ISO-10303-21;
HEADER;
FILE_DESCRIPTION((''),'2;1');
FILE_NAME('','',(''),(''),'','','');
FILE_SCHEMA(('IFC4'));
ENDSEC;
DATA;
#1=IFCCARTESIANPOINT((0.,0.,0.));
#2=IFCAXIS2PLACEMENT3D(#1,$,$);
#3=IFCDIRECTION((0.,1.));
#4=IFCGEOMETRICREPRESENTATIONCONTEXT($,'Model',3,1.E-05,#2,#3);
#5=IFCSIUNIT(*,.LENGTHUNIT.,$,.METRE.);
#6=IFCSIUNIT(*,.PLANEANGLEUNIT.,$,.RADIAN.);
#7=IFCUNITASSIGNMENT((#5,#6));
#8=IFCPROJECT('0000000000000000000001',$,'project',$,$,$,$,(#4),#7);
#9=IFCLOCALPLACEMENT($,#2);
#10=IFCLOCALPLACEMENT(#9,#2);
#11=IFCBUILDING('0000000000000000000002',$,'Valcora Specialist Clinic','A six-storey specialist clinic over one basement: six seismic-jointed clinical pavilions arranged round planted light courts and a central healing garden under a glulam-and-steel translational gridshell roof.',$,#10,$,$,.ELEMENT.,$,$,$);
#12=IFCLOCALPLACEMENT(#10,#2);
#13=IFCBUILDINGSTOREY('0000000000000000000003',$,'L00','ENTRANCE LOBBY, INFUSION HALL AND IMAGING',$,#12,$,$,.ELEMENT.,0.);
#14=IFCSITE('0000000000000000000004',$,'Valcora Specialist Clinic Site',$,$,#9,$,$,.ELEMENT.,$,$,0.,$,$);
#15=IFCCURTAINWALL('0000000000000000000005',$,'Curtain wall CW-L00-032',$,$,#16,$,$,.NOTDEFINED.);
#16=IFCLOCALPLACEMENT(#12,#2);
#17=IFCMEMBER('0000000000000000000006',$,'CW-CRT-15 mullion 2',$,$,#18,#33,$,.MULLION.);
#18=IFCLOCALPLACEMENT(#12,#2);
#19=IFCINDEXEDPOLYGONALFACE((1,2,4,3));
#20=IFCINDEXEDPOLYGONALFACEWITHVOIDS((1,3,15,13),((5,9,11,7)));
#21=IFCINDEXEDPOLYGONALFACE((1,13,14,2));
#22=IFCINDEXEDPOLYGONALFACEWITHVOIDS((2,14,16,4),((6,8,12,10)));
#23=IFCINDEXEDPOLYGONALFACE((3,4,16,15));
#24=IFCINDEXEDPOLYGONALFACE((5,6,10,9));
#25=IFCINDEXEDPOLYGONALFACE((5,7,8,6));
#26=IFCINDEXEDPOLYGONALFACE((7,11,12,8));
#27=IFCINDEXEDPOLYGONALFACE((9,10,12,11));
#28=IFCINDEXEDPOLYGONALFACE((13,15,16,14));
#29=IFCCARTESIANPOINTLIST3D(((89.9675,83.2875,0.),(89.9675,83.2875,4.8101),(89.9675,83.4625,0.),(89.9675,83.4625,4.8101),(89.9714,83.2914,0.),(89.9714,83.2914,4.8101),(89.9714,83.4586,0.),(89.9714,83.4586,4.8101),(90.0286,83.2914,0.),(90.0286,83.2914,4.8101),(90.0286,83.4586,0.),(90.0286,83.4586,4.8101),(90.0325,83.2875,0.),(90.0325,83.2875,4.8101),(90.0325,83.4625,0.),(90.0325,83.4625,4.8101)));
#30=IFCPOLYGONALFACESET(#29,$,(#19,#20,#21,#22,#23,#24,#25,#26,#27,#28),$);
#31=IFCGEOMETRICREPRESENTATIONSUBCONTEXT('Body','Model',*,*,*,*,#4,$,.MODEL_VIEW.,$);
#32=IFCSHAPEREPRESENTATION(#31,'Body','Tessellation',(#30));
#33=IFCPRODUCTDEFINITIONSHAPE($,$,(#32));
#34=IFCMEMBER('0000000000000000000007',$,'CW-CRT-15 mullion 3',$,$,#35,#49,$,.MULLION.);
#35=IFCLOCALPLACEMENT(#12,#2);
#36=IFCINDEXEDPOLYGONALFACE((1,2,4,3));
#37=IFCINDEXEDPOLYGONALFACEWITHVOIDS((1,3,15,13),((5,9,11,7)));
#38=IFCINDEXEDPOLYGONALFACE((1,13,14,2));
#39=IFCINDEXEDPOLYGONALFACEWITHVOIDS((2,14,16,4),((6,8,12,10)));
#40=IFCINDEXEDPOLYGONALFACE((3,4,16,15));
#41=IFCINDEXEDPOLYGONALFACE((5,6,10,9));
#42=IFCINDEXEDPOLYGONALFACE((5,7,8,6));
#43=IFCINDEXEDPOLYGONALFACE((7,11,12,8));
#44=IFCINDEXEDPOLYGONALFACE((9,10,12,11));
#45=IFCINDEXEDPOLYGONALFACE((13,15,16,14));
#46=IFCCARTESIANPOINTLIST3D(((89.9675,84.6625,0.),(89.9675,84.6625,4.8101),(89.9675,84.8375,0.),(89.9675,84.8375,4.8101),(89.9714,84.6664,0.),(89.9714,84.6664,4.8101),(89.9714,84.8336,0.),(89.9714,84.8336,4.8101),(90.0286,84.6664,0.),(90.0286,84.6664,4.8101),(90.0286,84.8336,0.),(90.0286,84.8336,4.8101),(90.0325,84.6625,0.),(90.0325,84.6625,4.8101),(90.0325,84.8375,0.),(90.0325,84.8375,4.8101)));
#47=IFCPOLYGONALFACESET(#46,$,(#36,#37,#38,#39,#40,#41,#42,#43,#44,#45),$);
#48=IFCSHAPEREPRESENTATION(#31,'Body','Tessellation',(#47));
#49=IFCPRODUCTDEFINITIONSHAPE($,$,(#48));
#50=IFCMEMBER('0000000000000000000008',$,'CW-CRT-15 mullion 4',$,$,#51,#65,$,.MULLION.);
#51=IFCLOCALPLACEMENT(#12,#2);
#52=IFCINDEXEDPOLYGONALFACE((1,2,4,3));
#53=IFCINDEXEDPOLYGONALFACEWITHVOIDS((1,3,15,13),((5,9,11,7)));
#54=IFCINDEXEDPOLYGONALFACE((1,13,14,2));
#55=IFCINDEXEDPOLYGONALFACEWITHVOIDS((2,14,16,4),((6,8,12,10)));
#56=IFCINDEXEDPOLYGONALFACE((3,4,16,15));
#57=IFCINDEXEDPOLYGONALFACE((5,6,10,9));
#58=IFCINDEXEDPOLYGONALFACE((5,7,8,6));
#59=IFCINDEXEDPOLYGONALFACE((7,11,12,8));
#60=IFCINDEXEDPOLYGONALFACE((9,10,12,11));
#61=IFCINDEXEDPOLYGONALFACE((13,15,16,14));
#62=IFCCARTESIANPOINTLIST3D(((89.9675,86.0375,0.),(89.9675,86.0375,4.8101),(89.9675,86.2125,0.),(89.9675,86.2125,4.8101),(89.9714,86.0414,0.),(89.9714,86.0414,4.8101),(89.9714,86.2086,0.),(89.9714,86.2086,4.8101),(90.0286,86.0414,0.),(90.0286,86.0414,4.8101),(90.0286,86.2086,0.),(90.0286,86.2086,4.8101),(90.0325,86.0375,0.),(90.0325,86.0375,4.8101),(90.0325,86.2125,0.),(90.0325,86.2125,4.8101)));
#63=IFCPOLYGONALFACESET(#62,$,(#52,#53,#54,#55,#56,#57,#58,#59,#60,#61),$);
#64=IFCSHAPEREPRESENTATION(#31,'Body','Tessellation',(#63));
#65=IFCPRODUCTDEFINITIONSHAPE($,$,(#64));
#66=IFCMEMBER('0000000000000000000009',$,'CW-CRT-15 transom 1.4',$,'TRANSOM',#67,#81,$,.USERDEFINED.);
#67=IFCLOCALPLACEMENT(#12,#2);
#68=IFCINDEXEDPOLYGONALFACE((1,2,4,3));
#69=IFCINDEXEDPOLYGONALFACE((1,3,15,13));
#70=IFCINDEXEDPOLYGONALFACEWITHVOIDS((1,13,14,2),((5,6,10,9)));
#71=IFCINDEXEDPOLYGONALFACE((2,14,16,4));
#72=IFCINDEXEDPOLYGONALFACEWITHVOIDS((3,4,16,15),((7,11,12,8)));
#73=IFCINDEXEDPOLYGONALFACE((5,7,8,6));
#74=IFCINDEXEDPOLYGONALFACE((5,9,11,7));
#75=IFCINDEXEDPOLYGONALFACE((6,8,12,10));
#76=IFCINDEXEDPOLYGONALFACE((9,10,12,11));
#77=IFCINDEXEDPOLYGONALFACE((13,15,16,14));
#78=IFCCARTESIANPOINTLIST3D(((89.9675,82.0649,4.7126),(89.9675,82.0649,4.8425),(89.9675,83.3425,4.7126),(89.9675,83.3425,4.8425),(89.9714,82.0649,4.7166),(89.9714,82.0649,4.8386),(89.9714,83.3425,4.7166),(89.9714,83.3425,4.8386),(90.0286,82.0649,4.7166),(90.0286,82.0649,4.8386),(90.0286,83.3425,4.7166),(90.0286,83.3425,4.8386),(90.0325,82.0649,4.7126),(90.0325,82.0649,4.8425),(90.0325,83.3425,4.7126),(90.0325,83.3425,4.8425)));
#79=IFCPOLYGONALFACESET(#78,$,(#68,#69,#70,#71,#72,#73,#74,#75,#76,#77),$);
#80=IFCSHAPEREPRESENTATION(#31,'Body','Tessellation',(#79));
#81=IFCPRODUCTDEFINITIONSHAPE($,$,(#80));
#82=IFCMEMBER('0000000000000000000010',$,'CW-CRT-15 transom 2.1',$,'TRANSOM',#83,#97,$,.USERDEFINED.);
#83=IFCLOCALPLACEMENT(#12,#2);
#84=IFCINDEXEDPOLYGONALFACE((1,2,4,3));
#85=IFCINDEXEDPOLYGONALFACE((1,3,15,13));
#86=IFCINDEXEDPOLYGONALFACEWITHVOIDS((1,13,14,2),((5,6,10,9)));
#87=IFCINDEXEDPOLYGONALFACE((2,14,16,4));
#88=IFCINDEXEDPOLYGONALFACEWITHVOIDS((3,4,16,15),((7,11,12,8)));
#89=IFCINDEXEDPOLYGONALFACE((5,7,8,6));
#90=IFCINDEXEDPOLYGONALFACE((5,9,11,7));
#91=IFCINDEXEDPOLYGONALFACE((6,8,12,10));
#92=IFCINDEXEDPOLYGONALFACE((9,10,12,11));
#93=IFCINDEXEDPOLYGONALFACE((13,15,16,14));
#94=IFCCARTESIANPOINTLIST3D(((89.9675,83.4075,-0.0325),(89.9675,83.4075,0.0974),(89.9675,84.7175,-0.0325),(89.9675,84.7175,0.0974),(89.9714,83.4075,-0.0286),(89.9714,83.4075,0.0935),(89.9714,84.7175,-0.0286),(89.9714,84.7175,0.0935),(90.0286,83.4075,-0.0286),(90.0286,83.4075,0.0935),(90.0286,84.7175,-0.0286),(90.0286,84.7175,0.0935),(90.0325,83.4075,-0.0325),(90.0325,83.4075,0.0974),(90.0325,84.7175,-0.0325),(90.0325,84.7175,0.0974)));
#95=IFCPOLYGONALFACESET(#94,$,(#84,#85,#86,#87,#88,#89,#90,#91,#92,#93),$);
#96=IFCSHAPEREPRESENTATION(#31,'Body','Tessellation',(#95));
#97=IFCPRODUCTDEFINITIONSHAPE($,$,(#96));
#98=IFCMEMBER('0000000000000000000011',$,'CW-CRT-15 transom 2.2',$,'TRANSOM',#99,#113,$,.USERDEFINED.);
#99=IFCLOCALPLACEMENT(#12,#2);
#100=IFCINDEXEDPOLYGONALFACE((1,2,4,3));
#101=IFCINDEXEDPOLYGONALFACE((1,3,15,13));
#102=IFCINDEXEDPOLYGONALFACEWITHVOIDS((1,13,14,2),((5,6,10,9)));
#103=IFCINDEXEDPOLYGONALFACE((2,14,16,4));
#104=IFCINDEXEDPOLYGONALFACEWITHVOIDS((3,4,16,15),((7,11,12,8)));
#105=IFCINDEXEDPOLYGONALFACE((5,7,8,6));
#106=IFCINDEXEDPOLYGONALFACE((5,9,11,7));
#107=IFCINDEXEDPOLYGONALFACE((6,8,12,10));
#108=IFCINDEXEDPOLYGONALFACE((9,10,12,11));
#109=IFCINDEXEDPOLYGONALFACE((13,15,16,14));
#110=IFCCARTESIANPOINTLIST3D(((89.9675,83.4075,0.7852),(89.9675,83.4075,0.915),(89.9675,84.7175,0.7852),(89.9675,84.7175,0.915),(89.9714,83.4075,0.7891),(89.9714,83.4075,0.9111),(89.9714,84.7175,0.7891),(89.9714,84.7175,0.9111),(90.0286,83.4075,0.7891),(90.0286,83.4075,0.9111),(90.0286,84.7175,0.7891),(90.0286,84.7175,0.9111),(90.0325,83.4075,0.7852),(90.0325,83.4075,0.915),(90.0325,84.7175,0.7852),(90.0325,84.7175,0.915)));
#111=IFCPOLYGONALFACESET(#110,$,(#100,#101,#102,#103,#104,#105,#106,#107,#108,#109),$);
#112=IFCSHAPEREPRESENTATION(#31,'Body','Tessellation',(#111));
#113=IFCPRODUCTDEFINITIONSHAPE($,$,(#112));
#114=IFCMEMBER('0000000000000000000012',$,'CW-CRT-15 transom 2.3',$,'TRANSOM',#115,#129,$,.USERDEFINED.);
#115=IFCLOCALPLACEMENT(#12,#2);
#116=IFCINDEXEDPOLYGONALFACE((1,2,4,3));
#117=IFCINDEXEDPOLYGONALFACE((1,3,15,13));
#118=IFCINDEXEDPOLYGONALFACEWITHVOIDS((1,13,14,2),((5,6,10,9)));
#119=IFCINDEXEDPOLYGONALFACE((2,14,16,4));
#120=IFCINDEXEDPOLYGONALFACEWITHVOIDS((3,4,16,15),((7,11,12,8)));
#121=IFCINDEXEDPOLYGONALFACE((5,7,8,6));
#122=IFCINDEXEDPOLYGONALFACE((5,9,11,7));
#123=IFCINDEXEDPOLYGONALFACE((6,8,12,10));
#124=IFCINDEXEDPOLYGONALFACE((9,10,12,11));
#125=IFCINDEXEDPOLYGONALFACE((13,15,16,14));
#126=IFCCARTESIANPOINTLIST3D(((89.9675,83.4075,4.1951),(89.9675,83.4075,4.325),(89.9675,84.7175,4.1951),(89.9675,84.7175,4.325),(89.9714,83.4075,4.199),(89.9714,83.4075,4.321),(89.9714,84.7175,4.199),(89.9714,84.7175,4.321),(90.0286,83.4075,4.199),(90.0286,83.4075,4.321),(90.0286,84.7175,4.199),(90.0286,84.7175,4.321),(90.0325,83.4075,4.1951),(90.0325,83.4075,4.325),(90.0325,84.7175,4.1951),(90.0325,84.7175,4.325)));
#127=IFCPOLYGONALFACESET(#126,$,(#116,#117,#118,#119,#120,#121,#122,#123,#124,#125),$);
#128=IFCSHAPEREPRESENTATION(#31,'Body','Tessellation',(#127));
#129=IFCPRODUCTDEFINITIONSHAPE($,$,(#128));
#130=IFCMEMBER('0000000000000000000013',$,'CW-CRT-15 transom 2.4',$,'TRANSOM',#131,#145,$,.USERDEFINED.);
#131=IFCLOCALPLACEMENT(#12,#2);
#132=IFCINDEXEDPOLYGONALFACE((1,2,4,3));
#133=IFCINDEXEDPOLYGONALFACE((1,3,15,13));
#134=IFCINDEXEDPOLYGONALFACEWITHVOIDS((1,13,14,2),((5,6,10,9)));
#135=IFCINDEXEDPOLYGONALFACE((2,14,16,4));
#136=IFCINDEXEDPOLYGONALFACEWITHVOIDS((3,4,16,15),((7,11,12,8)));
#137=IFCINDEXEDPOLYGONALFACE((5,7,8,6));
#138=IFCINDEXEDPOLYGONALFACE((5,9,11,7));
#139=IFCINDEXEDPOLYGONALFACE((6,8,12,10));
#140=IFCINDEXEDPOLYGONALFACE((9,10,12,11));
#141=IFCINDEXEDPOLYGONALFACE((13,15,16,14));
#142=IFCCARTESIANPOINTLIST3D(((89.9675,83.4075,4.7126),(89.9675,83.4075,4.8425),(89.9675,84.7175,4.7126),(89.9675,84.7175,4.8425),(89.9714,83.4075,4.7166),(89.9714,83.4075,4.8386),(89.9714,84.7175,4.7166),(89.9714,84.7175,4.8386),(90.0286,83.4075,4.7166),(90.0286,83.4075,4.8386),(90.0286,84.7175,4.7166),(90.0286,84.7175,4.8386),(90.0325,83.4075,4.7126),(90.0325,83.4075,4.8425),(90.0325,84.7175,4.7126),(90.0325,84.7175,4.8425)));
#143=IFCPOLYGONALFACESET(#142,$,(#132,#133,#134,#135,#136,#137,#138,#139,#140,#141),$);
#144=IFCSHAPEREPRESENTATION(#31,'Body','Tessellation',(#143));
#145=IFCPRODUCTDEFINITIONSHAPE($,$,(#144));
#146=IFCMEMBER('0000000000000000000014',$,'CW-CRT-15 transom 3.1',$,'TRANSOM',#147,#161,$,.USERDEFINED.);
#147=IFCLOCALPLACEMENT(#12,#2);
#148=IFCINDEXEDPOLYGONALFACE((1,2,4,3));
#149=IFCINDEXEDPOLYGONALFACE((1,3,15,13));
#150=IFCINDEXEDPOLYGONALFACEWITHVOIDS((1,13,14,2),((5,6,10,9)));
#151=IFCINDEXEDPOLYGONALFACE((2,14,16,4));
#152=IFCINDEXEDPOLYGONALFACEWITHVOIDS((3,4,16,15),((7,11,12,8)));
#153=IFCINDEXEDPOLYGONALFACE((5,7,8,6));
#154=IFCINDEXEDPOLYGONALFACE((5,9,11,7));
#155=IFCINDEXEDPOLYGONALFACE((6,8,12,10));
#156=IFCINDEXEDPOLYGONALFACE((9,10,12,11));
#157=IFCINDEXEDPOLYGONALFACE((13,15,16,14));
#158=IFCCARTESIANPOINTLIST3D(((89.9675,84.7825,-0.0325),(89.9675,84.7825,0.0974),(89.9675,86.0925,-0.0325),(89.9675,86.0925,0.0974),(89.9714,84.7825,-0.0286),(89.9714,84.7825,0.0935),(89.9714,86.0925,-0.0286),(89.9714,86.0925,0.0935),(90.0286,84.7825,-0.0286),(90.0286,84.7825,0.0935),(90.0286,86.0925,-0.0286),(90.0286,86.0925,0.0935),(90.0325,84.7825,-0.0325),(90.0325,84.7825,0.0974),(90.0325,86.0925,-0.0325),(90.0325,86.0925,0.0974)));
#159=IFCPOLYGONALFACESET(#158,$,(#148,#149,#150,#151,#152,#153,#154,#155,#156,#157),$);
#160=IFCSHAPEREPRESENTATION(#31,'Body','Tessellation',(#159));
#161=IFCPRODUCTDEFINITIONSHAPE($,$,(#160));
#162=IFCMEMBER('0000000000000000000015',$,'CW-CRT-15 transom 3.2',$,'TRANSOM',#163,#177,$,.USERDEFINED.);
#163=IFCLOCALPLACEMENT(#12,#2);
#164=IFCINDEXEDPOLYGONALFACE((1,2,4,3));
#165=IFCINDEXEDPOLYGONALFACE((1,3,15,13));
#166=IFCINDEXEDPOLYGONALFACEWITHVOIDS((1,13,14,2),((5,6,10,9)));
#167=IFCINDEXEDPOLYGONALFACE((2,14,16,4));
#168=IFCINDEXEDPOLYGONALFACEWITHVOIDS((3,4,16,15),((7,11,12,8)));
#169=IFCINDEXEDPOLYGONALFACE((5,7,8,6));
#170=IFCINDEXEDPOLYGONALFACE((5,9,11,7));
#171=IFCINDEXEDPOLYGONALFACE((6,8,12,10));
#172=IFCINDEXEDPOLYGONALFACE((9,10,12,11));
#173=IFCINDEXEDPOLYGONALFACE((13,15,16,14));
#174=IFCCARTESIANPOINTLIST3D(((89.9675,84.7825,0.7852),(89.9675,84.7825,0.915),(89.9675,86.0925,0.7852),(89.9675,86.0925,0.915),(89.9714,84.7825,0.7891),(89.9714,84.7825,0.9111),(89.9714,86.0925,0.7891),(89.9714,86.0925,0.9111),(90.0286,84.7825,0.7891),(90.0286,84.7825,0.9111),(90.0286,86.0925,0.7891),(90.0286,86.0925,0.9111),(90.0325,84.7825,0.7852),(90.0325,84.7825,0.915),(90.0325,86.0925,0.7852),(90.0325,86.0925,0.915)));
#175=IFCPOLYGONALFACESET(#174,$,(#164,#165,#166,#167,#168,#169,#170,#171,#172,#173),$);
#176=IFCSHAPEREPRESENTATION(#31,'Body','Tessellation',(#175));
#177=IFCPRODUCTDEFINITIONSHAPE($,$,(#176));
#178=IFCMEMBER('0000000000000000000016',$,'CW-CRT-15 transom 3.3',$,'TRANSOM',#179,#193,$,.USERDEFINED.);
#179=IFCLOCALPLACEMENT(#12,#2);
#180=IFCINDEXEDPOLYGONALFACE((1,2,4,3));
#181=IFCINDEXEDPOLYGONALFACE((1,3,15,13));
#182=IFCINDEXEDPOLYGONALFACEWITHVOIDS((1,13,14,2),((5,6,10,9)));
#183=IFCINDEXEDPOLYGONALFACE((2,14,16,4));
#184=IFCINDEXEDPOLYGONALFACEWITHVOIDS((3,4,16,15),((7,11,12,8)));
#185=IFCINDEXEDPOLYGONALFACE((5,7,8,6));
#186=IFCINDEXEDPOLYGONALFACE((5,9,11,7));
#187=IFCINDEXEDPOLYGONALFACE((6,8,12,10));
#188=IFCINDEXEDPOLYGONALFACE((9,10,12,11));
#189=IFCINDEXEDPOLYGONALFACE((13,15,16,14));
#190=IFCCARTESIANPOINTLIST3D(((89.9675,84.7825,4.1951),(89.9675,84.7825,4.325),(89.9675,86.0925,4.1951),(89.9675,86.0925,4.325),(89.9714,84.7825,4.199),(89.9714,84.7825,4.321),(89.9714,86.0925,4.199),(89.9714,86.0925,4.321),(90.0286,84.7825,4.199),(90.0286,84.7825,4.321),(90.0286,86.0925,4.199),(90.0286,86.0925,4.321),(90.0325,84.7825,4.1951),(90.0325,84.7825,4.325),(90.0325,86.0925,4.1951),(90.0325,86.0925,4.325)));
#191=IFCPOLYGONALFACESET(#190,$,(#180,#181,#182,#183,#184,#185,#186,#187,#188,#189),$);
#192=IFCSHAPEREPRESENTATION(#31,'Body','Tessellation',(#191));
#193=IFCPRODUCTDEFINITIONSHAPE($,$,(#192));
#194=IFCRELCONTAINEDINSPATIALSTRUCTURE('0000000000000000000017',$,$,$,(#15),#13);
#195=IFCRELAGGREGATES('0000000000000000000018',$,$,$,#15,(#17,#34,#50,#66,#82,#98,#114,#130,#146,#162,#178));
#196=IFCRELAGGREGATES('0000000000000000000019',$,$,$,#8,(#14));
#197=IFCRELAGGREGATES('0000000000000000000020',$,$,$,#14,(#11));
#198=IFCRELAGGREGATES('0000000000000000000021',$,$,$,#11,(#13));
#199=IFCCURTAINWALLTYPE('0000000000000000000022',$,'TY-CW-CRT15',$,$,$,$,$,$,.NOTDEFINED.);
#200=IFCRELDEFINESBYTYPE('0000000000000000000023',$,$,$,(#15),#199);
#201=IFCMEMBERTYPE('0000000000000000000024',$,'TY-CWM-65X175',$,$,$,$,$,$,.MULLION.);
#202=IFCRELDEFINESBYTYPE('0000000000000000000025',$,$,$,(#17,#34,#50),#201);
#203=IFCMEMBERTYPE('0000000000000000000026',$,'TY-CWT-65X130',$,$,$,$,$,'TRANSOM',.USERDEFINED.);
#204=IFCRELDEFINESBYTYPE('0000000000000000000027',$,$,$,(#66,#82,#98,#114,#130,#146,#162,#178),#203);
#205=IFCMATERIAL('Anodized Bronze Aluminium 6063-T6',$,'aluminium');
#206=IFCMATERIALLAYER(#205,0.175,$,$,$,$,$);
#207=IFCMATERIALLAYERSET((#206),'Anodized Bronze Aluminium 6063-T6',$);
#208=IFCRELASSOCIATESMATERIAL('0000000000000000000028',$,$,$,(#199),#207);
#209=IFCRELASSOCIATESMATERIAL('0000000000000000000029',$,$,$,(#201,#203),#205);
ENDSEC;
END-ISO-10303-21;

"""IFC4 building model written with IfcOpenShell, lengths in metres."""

from ifc_helpers import new_model, si_unit, direction, frame, origin, origin_2d, place, context, subcontext, project, spatial, hollow_rectangle, extrude, material, layer, layer_set, material_profile, profile_set, type_object, element, aggregate, save


model = new_model("IFC4")

# Units and contexts
model_context = context("Model", 3, precision=1e-05, world=origin(), true_north=direction((0.0, 1.0)))
body_context = subcontext(model_context, "Body", "Model", "MODEL_VIEW")
ifc_project = project(units=[si_unit("LENGTHUNIT", "METRE"), si_unit("PLANEANGLEUNIT", "RADIAN")], contexts=[model_context])

# Site, building, storey
site_placement = place(None, origin())
site = spatial("IfcSite", under=ifc_project, at=site_placement, Name="Valcora Specialist Clinic Site", CompositionType="ELEMENT", RefElevation=0.0)
building_placement = place(site_placement, origin())
building = spatial("IfcBuilding", under=site, at=building_placement, Name="Valcora Specialist Clinic", Description="A six-storey specialist clinic over one basement: six seismic-jointed clinical pavilions arranged round planted light courts and a central healing garden under a glulam-and-steel translational gridshell roof.", CompositionType="ELEMENT")
storey_placement = place(building_placement, origin())
storey = spatial("IfcBuildingStorey", under=building, at=storey_placement, Name="L00", Description="ENTRANCE LOBBY, INFUSION HALL AND IMAGING", CompositionType="ELEMENT", Elevation=0.0)

# Curtain wall, members
ifc_material_1 = material(Name="Anodized Bronze Aluminium 6063-T6", Category="aluminium")
ifc_layer_1 = layer(ifc_material_1, 0.175)
ifc_layer_set_1 = layer_set([ifc_layer_1], Name="Anodized Bronze Aluminium 6063-T6")
curtain_wall_type = type_object("IfcCurtainWallType", Name="TY-CW-CRT15", PredefinedType="NOTDEFINED", material=ifc_layer_set_1)
curtain_wall_placement = place(storey_placement, origin())
curtain_wall = element("IfcCurtainWall", 1, at=curtain_wall_placement, inside=storey, type_object=curtain_wall_type, Name="Curtain wall CW-L00-032", PredefinedType="NOTDEFINED")
ifc_material_profile_1 = material_profile(ifc_material_1, hollow_rectangle(XDim=0.0649, YDim=0.175, WallThickness=0.0039, at=origin_2d()), Name="AL-MUL-65X175")
ifc_profile_set_1 = profile_set([ifc_material_profile_1], Name="Anodized Bronze Aluminium 6063-T6")
member_type_1 = type_object("IfcMemberType", Name="TY-CWM-65X175", PredefinedType="MULLION", material=ifc_profile_set_1)
member_1_placement = place(storey_placement, frame((90.0, 83.375, 0.0), z_axis=(0.0, 0.0, 1.0), x_axis=(-1.0, 0.0, 0.0)))
member_1 = element("IfcMember", 2, at=member_1_placement, type_object=member_type_1, Name="CW-CRT-15 mullion 2", PredefinedType="MULLION", context=body_context, shape_type="SweptSolid", body=[
    extrude(hollow_rectangle(XDim=0.0649, YDim=0.175, WallThickness=0.0039, at=origin_2d()), origin(), (0.0, 0.0, 1.0), 4.8101),
])
member_2_placement = place(storey_placement, frame((90.0, 84.75, 0.0), z_axis=(0.0, 0.0, 1.0), x_axis=(-1.0, 0.0, 0.0)))
member_2 = element("IfcMember", 3, at=member_2_placement, type_object=member_type_1, Name="CW-CRT-15 mullion 3", PredefinedType="MULLION", context=body_context, shape_type="SweptSolid", body=[
    extrude(hollow_rectangle(XDim=0.0649, YDim=0.175, WallThickness=0.0039, at=origin_2d()), origin(), (0.0, 0.0, 1.0), 4.8101),
])
member_3_placement = place(storey_placement, frame((90.0, 86.125, 0.0), z_axis=(0.0, 0.0, 1.0), x_axis=(-1.0, 0.0, 0.0)))
member_3 = element("IfcMember", 4, at=member_3_placement, type_object=member_type_1, Name="CW-CRT-15 mullion 4", PredefinedType="MULLION", context=body_context, shape_type="SweptSolid", body=[
    extrude(hollow_rectangle(XDim=0.0649, YDim=0.175, WallThickness=0.0039, at=origin_2d()), origin(), (0.0, 0.0, 1.0), 4.8101),
])
ifc_material_profile_2 = material_profile(ifc_material_1, hollow_rectangle(XDim=0.0649, YDim=0.1299, WallThickness=0.0039, at=origin_2d()), Name="AL-TRN-65X130")
ifc_profile_set_2 = profile_set([ifc_material_profile_2], Name="Anodized Bronze Aluminium 6063-T6")
member_type_2 = type_object("IfcMemberType", Name="TY-CWT-65X130", ElementType="TRANSOM", PredefinedType="USERDEFINED", material=ifc_profile_set_2)
member_4_placement = place(storey_placement, frame((90.0, 82.0649, 4.7776), z_axis=(0.0, 1.0, 0.0), x_axis=(-1.0, 0.0, 0.0)))
member_4 = element("IfcMember", 5, at=member_4_placement, type_object=member_type_2, Name="CW-CRT-15 transom 1.4", ObjectType="TRANSOM", PredefinedType="USERDEFINED", context=body_context, shape_type="SweptSolid", body=[
    extrude(hollow_rectangle(XDim=0.0649, YDim=0.1299, WallThickness=0.0039, at=origin_2d()), origin(), (0.0, 0.0, 1.0), 1.2776),
])
member_5_placement = place(storey_placement, frame((90.0, 83.4075, 0.0325), z_axis=(0.0, 1.0, 0.0), x_axis=(-1.0, 0.0, 0.0)))
member_5 = element("IfcMember", 6, at=member_5_placement, type_object=member_type_2, Name="CW-CRT-15 transom 2.1", ObjectType="TRANSOM", PredefinedType="USERDEFINED", context=body_context, shape_type="SweptSolid", body=[
    extrude(hollow_rectangle(XDim=0.0649, YDim=0.1299, WallThickness=0.0039, at=origin_2d()), origin(), (0.0, 0.0, 1.0), 1.3101),
])
member_6_placement = place(storey_placement, frame((90.0, 83.4075, 0.8501), z_axis=(0.0, 1.0, 0.0), x_axis=(-1.0, 0.0, 0.0)))
member_6 = element("IfcMember", 7, at=member_6_placement, type_object=member_type_2, Name="CW-CRT-15 transom 2.2", ObjectType="TRANSOM", PredefinedType="USERDEFINED", context=body_context, shape_type="SweptSolid", body=[
    extrude(hollow_rectangle(XDim=0.0649, YDim=0.1299, WallThickness=0.0039, at=origin_2d()), origin(), (0.0, 0.0, 1.0), 1.3101),
])
member_7_placement = place(storey_placement, frame((90.0, 83.4075, 4.26), z_axis=(0.0, 1.0, 0.0), x_axis=(-1.0, 0.0, 0.0)))
member_7 = element("IfcMember", 8, at=member_7_placement, type_object=member_type_2, Name="CW-CRT-15 transom 2.3", ObjectType="TRANSOM", PredefinedType="USERDEFINED", context=body_context, shape_type="SweptSolid", body=[
    extrude(hollow_rectangle(XDim=0.0649, YDim=0.1299, WallThickness=0.0039, at=origin_2d()), origin(), (0.0, 0.0, 1.0), 1.3101),
])
member_8_placement = place(storey_placement, frame((90.0, 83.4075, 4.7776), z_axis=(0.0, 1.0, 0.0), x_axis=(-1.0, 0.0, 0.0)))
member_8 = element("IfcMember", 9, at=member_8_placement, type_object=member_type_2, Name="CW-CRT-15 transom 2.4", ObjectType="TRANSOM", PredefinedType="USERDEFINED", context=body_context, shape_type="SweptSolid", body=[
    extrude(hollow_rectangle(XDim=0.0649, YDim=0.1299, WallThickness=0.0039, at=origin_2d()), origin(), (0.0, 0.0, 1.0), 1.3101),
])
member_9_placement = place(storey_placement, frame((90.0, 84.7825, 0.0325), z_axis=(0.0, 1.0, 0.0), x_axis=(-1.0, 0.0, 0.0)))
member_9 = element("IfcMember", 10, at=member_9_placement, type_object=member_type_2, Name="CW-CRT-15 transom 3.1", ObjectType="TRANSOM", PredefinedType="USERDEFINED", context=body_context, shape_type="SweptSolid", body=[
    extrude(hollow_rectangle(XDim=0.0649, YDim=0.1299, WallThickness=0.0039, at=origin_2d()), origin(), (0.0, 0.0, 1.0), 1.3101),
])
member_10_placement = place(storey_placement, frame((90.0, 84.7825, 0.8501), z_axis=(0.0, 1.0, 0.0), x_axis=(-1.0, 0.0, 0.0)))
member_10 = element("IfcMember", 11, at=member_10_placement, type_object=member_type_2, Name="CW-CRT-15 transom 3.2", ObjectType="TRANSOM", PredefinedType="USERDEFINED", context=body_context, shape_type="SweptSolid", body=[
    extrude(hollow_rectangle(XDim=0.0649, YDim=0.1299, WallThickness=0.0039, at=origin_2d()), origin(), (0.0, 0.0, 1.0), 1.3101),
])
member_11_placement = place(storey_placement, frame((90.0, 84.7825, 4.26), z_axis=(0.0, 1.0, 0.0), x_axis=(-1.0, 0.0, 0.0)))
member_11 = element("IfcMember", 12, at=member_11_placement, type_object=member_type_2, Name="CW-CRT-15 transom 3.3", ObjectType="TRANSOM", PredefinedType="USERDEFINED", context=body_context, shape_type="SweptSolid", body=[
    extrude(hollow_rectangle(XDim=0.0649, YDim=0.1299, WallThickness=0.0039, at=origin_2d()), origin(), (0.0, 0.0, 1.0), 1.3101),
])
aggregate(curtain_wall, [member_1, member_2, member_3, member_4, member_5, member_6, member_7, member_8, member_9, member_10, member_11])

save(model, "model.ifc")
